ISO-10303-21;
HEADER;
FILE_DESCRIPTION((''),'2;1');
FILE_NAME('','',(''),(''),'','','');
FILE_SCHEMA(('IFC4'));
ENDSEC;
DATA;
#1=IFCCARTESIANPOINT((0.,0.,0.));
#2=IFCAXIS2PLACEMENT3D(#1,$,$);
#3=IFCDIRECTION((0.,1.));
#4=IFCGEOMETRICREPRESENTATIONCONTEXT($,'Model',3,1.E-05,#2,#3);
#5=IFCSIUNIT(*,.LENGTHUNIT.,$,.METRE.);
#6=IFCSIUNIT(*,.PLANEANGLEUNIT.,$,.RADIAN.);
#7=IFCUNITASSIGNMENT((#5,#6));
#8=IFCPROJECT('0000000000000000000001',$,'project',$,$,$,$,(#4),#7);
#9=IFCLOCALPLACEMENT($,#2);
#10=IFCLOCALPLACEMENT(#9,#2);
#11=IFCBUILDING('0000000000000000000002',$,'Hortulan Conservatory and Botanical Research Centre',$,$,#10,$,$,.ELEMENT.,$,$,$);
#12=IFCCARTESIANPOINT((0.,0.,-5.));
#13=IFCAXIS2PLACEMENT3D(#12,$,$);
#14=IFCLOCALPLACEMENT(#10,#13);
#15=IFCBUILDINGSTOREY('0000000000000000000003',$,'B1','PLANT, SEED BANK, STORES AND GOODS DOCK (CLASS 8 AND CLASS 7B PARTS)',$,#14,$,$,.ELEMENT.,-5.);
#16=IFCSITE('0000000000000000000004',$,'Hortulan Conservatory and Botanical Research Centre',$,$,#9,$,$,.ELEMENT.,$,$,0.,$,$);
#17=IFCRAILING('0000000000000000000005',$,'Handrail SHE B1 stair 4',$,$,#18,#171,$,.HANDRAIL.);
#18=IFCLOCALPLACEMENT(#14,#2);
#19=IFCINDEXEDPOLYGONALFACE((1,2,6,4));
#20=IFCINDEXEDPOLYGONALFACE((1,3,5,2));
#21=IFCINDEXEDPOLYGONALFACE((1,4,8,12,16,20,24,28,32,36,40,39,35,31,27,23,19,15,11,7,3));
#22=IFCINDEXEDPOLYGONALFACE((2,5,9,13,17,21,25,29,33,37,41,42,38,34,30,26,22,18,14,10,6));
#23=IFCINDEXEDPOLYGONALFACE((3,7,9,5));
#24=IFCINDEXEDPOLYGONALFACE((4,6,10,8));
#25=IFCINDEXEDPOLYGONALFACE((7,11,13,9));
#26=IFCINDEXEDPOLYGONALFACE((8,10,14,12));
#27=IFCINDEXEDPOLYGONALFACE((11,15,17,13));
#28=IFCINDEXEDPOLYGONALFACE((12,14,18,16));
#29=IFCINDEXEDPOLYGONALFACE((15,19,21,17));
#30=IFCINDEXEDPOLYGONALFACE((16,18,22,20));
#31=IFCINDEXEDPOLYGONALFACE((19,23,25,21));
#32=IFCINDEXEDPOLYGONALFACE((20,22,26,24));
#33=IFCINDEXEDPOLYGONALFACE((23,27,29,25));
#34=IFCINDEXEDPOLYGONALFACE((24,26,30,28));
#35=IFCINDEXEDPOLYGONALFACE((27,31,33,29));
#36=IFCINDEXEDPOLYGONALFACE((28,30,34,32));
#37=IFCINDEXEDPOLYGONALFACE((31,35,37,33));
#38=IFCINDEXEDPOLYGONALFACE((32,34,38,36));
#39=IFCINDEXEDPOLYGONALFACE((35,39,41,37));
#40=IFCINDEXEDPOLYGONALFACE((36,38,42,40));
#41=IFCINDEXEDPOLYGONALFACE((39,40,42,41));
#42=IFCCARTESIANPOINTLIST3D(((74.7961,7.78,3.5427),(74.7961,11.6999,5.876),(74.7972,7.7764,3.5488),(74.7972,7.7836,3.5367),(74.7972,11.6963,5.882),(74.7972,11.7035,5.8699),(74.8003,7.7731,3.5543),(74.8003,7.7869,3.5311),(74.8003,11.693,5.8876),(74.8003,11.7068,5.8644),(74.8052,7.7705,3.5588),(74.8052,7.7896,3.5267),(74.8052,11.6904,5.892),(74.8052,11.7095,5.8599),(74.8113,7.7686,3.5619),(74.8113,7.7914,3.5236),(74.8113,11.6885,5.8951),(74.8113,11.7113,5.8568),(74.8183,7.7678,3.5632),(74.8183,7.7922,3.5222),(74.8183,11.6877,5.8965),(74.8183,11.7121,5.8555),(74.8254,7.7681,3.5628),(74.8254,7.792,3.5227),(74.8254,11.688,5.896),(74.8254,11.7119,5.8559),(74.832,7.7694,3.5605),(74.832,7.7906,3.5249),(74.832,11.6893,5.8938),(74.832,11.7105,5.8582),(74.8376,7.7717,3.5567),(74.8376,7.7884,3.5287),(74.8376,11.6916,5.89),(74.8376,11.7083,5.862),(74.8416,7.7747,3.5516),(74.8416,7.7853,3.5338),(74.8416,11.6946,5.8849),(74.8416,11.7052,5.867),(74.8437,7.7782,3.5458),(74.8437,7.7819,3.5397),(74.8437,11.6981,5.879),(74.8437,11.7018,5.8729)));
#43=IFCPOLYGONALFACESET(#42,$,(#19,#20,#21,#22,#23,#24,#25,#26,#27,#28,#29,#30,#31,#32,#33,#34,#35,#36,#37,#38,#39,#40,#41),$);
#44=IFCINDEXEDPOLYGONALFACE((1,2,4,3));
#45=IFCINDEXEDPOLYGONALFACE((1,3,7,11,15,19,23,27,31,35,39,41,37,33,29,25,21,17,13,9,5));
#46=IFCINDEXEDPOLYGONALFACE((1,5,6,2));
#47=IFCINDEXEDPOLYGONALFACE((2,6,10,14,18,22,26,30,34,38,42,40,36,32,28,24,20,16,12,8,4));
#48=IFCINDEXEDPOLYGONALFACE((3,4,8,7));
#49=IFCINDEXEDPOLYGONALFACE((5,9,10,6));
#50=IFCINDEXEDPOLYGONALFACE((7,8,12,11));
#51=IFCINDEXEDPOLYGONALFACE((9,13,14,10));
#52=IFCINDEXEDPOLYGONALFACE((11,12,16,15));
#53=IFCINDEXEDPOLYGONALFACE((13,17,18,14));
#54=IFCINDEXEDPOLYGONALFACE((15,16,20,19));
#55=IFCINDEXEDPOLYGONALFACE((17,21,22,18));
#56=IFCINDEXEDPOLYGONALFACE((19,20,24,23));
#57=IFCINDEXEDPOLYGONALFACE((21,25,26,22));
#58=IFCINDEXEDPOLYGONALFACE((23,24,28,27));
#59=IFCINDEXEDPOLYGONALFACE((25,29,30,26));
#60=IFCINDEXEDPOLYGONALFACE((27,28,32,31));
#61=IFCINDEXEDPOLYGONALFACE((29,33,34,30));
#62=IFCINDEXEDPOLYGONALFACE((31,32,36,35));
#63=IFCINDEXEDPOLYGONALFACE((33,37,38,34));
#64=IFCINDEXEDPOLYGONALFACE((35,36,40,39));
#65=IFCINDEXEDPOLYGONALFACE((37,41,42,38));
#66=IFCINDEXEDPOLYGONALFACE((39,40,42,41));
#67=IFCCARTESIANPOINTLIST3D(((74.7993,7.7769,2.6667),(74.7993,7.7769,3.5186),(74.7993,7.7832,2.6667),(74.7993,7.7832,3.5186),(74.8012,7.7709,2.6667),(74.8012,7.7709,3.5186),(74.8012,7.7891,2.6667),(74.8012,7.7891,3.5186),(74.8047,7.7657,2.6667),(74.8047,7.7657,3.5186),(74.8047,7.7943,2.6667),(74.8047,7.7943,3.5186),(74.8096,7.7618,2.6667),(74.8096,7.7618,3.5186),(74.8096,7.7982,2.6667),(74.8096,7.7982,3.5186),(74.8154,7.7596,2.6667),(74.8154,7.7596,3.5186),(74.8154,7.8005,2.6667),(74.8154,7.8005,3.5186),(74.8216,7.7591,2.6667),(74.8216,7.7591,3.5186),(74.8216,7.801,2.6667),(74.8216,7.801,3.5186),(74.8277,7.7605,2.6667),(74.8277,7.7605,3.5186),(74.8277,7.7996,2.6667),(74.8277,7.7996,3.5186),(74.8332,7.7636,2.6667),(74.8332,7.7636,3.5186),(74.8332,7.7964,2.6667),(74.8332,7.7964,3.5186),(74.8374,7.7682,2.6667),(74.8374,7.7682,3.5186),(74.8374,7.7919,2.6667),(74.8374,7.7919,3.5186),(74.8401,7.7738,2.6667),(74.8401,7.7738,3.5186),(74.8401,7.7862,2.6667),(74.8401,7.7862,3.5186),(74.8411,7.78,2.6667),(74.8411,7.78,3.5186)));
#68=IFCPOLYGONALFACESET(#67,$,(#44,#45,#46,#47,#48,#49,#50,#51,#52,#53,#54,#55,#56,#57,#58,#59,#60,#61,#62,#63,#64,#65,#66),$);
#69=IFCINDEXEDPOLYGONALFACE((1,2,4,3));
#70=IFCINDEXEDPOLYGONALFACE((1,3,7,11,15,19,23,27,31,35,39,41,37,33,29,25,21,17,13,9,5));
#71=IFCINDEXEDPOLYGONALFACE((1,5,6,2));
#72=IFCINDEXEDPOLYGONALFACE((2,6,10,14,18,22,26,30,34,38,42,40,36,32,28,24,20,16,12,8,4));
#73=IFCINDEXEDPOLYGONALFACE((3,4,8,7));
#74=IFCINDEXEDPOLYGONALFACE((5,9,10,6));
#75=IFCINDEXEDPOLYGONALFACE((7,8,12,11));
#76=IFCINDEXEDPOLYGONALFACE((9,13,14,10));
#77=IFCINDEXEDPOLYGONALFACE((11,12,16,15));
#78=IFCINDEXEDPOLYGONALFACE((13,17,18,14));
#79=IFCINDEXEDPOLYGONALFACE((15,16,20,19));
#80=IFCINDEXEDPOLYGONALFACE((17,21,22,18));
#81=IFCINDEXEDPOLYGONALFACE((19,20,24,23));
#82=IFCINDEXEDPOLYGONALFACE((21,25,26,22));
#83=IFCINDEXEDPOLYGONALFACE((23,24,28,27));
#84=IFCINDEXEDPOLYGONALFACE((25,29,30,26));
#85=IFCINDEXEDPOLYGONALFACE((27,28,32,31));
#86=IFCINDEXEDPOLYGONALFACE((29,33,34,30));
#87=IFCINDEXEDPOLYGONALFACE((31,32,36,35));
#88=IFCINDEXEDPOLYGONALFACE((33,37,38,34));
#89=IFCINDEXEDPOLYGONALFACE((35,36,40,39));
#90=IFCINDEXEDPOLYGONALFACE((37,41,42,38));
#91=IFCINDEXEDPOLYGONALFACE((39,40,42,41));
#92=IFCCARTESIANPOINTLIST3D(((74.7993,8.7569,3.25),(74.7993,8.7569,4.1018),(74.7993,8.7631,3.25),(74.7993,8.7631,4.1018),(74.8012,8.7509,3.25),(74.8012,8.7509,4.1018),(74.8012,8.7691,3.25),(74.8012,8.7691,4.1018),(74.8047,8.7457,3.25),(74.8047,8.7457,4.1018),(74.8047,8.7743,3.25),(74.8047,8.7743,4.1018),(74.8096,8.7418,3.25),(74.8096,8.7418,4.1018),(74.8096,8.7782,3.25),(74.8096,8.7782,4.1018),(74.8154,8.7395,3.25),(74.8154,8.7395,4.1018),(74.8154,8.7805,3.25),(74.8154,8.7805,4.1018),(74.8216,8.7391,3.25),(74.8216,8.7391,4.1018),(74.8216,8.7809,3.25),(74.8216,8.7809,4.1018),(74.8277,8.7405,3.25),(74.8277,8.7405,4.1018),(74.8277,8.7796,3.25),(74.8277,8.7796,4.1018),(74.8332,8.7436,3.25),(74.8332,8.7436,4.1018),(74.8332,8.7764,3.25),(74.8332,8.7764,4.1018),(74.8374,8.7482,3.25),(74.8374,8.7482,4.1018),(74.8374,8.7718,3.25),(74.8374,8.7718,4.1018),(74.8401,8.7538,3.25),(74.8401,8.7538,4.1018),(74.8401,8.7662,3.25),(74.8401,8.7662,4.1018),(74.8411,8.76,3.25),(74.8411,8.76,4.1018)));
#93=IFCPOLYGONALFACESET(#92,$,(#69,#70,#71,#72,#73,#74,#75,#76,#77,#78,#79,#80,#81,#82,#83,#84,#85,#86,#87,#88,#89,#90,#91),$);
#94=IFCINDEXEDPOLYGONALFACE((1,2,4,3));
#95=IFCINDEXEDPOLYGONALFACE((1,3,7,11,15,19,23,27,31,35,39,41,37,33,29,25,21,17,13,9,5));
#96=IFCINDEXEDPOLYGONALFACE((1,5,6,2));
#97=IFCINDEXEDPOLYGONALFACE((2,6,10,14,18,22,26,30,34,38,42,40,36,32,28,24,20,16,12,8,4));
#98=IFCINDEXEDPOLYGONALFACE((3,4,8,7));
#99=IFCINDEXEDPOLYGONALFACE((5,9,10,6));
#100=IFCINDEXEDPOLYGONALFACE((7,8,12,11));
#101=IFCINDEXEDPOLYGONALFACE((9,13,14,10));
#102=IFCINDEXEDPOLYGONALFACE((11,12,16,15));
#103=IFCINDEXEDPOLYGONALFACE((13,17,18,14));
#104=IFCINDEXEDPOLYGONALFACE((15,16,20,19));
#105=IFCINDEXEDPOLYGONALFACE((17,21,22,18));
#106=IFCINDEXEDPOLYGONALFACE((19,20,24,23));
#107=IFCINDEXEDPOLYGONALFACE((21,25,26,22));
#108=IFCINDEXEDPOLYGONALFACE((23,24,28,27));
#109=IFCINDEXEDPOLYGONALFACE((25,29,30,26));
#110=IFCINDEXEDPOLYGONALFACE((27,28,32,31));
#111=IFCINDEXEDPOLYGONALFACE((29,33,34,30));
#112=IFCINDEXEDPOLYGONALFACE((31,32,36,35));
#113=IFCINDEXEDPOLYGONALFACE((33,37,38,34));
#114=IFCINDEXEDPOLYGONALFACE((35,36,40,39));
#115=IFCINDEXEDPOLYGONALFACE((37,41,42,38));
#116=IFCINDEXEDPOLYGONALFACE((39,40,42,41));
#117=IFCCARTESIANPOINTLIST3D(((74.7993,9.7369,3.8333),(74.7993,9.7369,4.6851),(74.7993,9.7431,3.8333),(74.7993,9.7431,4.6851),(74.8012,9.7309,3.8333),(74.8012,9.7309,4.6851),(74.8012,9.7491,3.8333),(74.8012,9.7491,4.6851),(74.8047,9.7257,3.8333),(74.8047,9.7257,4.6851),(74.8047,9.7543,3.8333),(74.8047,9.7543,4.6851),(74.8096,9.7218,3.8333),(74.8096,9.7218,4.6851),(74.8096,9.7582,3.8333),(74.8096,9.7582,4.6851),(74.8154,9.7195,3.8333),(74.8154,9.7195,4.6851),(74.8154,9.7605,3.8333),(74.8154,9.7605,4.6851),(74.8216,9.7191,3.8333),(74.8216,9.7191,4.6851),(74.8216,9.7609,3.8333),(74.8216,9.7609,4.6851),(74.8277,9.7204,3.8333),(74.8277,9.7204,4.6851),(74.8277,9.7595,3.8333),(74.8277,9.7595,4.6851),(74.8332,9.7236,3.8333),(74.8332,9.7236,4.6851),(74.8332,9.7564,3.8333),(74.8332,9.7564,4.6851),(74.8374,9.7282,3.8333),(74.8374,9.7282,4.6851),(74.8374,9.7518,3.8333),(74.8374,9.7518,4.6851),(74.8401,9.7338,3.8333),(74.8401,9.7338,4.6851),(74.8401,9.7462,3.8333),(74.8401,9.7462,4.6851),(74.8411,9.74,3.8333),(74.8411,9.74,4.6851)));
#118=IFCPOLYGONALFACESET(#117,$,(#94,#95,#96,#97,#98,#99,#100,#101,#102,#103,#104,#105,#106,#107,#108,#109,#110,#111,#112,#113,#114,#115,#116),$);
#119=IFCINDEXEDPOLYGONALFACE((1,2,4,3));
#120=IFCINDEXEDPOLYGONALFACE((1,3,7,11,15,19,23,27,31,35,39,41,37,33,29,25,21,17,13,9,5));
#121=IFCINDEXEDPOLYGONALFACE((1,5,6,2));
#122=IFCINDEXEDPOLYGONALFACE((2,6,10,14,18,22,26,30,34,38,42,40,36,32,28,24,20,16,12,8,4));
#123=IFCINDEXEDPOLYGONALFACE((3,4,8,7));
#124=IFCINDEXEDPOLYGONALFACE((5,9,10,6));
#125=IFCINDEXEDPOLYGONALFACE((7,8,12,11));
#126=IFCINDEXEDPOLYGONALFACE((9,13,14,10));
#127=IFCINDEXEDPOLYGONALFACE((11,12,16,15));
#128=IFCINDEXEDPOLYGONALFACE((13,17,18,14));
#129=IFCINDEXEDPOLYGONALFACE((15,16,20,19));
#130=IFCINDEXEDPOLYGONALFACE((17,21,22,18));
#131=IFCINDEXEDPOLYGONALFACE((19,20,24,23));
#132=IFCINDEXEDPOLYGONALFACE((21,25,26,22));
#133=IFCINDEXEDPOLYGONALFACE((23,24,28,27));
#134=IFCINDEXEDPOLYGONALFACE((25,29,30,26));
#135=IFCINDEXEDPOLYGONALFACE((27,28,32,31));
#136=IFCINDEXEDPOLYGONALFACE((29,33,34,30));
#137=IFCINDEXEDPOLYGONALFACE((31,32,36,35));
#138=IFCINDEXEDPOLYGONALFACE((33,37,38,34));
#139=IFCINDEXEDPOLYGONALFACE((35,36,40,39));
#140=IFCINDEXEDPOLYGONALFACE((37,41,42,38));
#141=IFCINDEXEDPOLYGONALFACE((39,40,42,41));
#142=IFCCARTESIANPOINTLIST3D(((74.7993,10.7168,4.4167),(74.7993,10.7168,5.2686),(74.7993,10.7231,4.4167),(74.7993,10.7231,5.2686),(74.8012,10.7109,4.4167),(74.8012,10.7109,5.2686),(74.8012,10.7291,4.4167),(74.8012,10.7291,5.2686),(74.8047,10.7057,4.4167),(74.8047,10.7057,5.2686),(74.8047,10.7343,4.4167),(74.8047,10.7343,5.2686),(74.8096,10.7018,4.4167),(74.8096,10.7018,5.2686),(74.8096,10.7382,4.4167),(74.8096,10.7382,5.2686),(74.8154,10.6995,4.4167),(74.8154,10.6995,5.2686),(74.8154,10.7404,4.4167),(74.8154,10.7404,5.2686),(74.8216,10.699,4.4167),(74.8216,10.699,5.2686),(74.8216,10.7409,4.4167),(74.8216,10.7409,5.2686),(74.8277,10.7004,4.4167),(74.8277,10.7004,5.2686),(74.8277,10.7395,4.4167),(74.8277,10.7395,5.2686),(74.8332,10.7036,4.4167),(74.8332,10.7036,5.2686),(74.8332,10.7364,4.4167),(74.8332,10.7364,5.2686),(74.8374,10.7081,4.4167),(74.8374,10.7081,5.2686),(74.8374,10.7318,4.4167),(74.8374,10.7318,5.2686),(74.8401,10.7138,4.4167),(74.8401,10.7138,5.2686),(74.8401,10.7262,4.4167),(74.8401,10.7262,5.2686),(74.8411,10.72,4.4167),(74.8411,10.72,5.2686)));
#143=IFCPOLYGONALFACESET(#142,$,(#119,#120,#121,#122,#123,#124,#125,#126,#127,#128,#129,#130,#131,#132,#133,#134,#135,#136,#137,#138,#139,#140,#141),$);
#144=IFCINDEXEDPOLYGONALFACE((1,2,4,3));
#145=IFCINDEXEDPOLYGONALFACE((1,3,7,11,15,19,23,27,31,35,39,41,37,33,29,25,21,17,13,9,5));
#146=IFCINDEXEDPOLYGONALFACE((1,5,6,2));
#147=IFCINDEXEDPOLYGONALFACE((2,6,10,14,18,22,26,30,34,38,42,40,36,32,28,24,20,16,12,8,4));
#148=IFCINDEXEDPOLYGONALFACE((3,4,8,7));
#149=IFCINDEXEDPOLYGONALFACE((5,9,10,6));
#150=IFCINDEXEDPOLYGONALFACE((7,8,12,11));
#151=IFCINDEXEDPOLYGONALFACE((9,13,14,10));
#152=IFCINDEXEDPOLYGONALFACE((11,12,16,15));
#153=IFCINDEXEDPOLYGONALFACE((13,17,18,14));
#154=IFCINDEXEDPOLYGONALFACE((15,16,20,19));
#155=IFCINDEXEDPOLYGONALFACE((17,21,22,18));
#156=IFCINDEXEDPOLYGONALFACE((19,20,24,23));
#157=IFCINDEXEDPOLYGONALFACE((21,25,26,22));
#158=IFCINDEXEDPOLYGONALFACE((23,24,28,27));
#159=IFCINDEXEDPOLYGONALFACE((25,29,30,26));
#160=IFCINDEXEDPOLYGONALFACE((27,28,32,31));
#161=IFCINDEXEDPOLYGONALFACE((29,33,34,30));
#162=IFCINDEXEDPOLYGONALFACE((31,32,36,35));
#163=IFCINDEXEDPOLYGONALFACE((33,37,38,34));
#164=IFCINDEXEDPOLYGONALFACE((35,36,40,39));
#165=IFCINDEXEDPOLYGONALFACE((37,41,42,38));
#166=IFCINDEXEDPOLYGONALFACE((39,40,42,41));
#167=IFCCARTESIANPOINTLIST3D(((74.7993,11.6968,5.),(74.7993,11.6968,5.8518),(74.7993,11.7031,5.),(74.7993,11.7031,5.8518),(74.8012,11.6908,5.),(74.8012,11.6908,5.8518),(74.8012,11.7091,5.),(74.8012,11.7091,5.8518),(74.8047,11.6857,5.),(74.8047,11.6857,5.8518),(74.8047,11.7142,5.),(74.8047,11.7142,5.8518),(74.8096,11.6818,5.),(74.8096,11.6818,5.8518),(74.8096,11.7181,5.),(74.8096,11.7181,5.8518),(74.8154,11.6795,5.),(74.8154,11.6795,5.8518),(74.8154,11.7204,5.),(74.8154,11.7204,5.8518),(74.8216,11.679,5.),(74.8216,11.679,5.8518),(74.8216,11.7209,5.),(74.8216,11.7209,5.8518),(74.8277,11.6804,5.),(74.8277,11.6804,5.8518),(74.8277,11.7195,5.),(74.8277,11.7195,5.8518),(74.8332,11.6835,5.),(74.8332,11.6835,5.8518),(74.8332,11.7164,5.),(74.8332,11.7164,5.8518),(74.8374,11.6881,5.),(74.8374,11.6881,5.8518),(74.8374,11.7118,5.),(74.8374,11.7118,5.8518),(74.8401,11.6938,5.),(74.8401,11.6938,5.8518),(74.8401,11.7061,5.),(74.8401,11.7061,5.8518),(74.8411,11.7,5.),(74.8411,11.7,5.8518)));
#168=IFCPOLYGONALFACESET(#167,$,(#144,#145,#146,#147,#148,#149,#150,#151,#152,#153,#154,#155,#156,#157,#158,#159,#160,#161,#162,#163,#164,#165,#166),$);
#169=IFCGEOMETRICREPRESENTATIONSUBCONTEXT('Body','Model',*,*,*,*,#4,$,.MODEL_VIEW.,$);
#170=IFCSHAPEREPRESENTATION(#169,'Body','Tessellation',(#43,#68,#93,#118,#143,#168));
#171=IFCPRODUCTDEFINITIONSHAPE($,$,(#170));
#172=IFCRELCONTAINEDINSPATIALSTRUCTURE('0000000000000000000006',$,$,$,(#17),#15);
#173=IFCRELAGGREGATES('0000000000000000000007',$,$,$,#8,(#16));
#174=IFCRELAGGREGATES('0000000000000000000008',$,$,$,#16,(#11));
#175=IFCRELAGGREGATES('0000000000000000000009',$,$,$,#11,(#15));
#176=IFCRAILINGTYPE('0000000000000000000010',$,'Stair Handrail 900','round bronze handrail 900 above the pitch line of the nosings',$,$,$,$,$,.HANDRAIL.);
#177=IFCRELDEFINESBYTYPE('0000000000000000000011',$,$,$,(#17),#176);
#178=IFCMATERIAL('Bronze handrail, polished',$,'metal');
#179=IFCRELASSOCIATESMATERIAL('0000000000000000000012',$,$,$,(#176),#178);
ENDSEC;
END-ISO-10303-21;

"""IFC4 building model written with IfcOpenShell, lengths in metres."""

from ifc_helpers import new_model, si_unit, direction, frame, origin, origin_2d, place, context, subcontext, project, spatial, circle, extrude, material, type_object, element, save


model = new_model("IFC4")

# Units and contexts
model_context = context("Model", 3, precision=1e-05, world=origin(), true_north=direction((0.0, 1.0)))
body_context = subcontext(model_context, "Body", "Model", "MODEL_VIEW")
ifc_project = project(units=[si_unit("LENGTHUNIT", "METRE"), si_unit("PLANEANGLEUNIT", "RADIAN")], contexts=[model_context])

# Site, building, storey
site_placement = place(None, origin())
site = spatial("IfcSite", under=ifc_project, at=site_placement, Name="Hortulan Conservatory and Botanical Research Centre", CompositionType="ELEMENT", RefElevation=0.0)
building_placement = place(site_placement, origin())
building = spatial("IfcBuilding", under=site, at=building_placement, Name="Hortulan Conservatory and Botanical Research Centre", CompositionType="ELEMENT")
storey_placement = place(building_placement, frame((0.0, 0.0, -5.0)))
storey = spatial("IfcBuildingStorey", under=building, at=storey_placement, Name="B1", Description="PLANT, SEED BANK, STORES AND GOODS DOCK (CLASS 8 AND CLASS 7B PARTS)", CompositionType="ELEMENT", Elevation=-5.0)

# Railing
ifc_material_1 = material(Name="Bronze handrail, polished", Category="metal")
railing_type_1 = type_object("IfcRailingType", Name="Stair Handrail 900", Description="round bronze handrail 900 above the pitch line of the nosings", PredefinedType="HANDRAIL", material=ifc_material_1)
for number, where, name in (
    (1, (74.8201, 7.78, 2.6667), "Handrail SHE B1 stair 4"),
):
    element("IfcRailing", number, at=place(storey_placement, frame(where)), inside=storey, type_object=railing_type_1, Name=name, PredefinedType="HANDRAIL", context=body_context, shape_type="SweptSolid", body=[
        extrude(circle(Radius=0.0239, at=origin_2d()), frame((0.0, 0.0, 0.876), z_axis=(0.0, 0.859296, 0.511478), x_axis=(-1.0, 0.0, 0.0)), (0.0, 0.0, 1.0), 4.5618),
        extrude(circle(Radius=0.021, at=origin_2d()), origin(), (0.0, 0.0, 1.0), 0.8518),
        extrude(circle(Radius=0.021, at=origin_2d()), frame((0.0, 0.98, 0.5833)), (0.0, 0.0, 1.0), 0.8518),
        extrude(circle(Radius=0.021, at=origin_2d()), frame((0.0, 1.96, 1.1665)), (0.0, 0.0, 1.0), 0.8518),
        extrude(circle(Radius=0.021, at=origin_2d()), frame((0.0, 2.9399, 1.75)), (0.0, 0.0, 1.0), 0.8518),
        extrude(circle(Radius=0.021, at=origin_2d()), frame((0.0, 3.9199, 2.3333)), (0.0, 0.0, 1.0), 0.8518),
    ])

save(model, "model.ifc")
